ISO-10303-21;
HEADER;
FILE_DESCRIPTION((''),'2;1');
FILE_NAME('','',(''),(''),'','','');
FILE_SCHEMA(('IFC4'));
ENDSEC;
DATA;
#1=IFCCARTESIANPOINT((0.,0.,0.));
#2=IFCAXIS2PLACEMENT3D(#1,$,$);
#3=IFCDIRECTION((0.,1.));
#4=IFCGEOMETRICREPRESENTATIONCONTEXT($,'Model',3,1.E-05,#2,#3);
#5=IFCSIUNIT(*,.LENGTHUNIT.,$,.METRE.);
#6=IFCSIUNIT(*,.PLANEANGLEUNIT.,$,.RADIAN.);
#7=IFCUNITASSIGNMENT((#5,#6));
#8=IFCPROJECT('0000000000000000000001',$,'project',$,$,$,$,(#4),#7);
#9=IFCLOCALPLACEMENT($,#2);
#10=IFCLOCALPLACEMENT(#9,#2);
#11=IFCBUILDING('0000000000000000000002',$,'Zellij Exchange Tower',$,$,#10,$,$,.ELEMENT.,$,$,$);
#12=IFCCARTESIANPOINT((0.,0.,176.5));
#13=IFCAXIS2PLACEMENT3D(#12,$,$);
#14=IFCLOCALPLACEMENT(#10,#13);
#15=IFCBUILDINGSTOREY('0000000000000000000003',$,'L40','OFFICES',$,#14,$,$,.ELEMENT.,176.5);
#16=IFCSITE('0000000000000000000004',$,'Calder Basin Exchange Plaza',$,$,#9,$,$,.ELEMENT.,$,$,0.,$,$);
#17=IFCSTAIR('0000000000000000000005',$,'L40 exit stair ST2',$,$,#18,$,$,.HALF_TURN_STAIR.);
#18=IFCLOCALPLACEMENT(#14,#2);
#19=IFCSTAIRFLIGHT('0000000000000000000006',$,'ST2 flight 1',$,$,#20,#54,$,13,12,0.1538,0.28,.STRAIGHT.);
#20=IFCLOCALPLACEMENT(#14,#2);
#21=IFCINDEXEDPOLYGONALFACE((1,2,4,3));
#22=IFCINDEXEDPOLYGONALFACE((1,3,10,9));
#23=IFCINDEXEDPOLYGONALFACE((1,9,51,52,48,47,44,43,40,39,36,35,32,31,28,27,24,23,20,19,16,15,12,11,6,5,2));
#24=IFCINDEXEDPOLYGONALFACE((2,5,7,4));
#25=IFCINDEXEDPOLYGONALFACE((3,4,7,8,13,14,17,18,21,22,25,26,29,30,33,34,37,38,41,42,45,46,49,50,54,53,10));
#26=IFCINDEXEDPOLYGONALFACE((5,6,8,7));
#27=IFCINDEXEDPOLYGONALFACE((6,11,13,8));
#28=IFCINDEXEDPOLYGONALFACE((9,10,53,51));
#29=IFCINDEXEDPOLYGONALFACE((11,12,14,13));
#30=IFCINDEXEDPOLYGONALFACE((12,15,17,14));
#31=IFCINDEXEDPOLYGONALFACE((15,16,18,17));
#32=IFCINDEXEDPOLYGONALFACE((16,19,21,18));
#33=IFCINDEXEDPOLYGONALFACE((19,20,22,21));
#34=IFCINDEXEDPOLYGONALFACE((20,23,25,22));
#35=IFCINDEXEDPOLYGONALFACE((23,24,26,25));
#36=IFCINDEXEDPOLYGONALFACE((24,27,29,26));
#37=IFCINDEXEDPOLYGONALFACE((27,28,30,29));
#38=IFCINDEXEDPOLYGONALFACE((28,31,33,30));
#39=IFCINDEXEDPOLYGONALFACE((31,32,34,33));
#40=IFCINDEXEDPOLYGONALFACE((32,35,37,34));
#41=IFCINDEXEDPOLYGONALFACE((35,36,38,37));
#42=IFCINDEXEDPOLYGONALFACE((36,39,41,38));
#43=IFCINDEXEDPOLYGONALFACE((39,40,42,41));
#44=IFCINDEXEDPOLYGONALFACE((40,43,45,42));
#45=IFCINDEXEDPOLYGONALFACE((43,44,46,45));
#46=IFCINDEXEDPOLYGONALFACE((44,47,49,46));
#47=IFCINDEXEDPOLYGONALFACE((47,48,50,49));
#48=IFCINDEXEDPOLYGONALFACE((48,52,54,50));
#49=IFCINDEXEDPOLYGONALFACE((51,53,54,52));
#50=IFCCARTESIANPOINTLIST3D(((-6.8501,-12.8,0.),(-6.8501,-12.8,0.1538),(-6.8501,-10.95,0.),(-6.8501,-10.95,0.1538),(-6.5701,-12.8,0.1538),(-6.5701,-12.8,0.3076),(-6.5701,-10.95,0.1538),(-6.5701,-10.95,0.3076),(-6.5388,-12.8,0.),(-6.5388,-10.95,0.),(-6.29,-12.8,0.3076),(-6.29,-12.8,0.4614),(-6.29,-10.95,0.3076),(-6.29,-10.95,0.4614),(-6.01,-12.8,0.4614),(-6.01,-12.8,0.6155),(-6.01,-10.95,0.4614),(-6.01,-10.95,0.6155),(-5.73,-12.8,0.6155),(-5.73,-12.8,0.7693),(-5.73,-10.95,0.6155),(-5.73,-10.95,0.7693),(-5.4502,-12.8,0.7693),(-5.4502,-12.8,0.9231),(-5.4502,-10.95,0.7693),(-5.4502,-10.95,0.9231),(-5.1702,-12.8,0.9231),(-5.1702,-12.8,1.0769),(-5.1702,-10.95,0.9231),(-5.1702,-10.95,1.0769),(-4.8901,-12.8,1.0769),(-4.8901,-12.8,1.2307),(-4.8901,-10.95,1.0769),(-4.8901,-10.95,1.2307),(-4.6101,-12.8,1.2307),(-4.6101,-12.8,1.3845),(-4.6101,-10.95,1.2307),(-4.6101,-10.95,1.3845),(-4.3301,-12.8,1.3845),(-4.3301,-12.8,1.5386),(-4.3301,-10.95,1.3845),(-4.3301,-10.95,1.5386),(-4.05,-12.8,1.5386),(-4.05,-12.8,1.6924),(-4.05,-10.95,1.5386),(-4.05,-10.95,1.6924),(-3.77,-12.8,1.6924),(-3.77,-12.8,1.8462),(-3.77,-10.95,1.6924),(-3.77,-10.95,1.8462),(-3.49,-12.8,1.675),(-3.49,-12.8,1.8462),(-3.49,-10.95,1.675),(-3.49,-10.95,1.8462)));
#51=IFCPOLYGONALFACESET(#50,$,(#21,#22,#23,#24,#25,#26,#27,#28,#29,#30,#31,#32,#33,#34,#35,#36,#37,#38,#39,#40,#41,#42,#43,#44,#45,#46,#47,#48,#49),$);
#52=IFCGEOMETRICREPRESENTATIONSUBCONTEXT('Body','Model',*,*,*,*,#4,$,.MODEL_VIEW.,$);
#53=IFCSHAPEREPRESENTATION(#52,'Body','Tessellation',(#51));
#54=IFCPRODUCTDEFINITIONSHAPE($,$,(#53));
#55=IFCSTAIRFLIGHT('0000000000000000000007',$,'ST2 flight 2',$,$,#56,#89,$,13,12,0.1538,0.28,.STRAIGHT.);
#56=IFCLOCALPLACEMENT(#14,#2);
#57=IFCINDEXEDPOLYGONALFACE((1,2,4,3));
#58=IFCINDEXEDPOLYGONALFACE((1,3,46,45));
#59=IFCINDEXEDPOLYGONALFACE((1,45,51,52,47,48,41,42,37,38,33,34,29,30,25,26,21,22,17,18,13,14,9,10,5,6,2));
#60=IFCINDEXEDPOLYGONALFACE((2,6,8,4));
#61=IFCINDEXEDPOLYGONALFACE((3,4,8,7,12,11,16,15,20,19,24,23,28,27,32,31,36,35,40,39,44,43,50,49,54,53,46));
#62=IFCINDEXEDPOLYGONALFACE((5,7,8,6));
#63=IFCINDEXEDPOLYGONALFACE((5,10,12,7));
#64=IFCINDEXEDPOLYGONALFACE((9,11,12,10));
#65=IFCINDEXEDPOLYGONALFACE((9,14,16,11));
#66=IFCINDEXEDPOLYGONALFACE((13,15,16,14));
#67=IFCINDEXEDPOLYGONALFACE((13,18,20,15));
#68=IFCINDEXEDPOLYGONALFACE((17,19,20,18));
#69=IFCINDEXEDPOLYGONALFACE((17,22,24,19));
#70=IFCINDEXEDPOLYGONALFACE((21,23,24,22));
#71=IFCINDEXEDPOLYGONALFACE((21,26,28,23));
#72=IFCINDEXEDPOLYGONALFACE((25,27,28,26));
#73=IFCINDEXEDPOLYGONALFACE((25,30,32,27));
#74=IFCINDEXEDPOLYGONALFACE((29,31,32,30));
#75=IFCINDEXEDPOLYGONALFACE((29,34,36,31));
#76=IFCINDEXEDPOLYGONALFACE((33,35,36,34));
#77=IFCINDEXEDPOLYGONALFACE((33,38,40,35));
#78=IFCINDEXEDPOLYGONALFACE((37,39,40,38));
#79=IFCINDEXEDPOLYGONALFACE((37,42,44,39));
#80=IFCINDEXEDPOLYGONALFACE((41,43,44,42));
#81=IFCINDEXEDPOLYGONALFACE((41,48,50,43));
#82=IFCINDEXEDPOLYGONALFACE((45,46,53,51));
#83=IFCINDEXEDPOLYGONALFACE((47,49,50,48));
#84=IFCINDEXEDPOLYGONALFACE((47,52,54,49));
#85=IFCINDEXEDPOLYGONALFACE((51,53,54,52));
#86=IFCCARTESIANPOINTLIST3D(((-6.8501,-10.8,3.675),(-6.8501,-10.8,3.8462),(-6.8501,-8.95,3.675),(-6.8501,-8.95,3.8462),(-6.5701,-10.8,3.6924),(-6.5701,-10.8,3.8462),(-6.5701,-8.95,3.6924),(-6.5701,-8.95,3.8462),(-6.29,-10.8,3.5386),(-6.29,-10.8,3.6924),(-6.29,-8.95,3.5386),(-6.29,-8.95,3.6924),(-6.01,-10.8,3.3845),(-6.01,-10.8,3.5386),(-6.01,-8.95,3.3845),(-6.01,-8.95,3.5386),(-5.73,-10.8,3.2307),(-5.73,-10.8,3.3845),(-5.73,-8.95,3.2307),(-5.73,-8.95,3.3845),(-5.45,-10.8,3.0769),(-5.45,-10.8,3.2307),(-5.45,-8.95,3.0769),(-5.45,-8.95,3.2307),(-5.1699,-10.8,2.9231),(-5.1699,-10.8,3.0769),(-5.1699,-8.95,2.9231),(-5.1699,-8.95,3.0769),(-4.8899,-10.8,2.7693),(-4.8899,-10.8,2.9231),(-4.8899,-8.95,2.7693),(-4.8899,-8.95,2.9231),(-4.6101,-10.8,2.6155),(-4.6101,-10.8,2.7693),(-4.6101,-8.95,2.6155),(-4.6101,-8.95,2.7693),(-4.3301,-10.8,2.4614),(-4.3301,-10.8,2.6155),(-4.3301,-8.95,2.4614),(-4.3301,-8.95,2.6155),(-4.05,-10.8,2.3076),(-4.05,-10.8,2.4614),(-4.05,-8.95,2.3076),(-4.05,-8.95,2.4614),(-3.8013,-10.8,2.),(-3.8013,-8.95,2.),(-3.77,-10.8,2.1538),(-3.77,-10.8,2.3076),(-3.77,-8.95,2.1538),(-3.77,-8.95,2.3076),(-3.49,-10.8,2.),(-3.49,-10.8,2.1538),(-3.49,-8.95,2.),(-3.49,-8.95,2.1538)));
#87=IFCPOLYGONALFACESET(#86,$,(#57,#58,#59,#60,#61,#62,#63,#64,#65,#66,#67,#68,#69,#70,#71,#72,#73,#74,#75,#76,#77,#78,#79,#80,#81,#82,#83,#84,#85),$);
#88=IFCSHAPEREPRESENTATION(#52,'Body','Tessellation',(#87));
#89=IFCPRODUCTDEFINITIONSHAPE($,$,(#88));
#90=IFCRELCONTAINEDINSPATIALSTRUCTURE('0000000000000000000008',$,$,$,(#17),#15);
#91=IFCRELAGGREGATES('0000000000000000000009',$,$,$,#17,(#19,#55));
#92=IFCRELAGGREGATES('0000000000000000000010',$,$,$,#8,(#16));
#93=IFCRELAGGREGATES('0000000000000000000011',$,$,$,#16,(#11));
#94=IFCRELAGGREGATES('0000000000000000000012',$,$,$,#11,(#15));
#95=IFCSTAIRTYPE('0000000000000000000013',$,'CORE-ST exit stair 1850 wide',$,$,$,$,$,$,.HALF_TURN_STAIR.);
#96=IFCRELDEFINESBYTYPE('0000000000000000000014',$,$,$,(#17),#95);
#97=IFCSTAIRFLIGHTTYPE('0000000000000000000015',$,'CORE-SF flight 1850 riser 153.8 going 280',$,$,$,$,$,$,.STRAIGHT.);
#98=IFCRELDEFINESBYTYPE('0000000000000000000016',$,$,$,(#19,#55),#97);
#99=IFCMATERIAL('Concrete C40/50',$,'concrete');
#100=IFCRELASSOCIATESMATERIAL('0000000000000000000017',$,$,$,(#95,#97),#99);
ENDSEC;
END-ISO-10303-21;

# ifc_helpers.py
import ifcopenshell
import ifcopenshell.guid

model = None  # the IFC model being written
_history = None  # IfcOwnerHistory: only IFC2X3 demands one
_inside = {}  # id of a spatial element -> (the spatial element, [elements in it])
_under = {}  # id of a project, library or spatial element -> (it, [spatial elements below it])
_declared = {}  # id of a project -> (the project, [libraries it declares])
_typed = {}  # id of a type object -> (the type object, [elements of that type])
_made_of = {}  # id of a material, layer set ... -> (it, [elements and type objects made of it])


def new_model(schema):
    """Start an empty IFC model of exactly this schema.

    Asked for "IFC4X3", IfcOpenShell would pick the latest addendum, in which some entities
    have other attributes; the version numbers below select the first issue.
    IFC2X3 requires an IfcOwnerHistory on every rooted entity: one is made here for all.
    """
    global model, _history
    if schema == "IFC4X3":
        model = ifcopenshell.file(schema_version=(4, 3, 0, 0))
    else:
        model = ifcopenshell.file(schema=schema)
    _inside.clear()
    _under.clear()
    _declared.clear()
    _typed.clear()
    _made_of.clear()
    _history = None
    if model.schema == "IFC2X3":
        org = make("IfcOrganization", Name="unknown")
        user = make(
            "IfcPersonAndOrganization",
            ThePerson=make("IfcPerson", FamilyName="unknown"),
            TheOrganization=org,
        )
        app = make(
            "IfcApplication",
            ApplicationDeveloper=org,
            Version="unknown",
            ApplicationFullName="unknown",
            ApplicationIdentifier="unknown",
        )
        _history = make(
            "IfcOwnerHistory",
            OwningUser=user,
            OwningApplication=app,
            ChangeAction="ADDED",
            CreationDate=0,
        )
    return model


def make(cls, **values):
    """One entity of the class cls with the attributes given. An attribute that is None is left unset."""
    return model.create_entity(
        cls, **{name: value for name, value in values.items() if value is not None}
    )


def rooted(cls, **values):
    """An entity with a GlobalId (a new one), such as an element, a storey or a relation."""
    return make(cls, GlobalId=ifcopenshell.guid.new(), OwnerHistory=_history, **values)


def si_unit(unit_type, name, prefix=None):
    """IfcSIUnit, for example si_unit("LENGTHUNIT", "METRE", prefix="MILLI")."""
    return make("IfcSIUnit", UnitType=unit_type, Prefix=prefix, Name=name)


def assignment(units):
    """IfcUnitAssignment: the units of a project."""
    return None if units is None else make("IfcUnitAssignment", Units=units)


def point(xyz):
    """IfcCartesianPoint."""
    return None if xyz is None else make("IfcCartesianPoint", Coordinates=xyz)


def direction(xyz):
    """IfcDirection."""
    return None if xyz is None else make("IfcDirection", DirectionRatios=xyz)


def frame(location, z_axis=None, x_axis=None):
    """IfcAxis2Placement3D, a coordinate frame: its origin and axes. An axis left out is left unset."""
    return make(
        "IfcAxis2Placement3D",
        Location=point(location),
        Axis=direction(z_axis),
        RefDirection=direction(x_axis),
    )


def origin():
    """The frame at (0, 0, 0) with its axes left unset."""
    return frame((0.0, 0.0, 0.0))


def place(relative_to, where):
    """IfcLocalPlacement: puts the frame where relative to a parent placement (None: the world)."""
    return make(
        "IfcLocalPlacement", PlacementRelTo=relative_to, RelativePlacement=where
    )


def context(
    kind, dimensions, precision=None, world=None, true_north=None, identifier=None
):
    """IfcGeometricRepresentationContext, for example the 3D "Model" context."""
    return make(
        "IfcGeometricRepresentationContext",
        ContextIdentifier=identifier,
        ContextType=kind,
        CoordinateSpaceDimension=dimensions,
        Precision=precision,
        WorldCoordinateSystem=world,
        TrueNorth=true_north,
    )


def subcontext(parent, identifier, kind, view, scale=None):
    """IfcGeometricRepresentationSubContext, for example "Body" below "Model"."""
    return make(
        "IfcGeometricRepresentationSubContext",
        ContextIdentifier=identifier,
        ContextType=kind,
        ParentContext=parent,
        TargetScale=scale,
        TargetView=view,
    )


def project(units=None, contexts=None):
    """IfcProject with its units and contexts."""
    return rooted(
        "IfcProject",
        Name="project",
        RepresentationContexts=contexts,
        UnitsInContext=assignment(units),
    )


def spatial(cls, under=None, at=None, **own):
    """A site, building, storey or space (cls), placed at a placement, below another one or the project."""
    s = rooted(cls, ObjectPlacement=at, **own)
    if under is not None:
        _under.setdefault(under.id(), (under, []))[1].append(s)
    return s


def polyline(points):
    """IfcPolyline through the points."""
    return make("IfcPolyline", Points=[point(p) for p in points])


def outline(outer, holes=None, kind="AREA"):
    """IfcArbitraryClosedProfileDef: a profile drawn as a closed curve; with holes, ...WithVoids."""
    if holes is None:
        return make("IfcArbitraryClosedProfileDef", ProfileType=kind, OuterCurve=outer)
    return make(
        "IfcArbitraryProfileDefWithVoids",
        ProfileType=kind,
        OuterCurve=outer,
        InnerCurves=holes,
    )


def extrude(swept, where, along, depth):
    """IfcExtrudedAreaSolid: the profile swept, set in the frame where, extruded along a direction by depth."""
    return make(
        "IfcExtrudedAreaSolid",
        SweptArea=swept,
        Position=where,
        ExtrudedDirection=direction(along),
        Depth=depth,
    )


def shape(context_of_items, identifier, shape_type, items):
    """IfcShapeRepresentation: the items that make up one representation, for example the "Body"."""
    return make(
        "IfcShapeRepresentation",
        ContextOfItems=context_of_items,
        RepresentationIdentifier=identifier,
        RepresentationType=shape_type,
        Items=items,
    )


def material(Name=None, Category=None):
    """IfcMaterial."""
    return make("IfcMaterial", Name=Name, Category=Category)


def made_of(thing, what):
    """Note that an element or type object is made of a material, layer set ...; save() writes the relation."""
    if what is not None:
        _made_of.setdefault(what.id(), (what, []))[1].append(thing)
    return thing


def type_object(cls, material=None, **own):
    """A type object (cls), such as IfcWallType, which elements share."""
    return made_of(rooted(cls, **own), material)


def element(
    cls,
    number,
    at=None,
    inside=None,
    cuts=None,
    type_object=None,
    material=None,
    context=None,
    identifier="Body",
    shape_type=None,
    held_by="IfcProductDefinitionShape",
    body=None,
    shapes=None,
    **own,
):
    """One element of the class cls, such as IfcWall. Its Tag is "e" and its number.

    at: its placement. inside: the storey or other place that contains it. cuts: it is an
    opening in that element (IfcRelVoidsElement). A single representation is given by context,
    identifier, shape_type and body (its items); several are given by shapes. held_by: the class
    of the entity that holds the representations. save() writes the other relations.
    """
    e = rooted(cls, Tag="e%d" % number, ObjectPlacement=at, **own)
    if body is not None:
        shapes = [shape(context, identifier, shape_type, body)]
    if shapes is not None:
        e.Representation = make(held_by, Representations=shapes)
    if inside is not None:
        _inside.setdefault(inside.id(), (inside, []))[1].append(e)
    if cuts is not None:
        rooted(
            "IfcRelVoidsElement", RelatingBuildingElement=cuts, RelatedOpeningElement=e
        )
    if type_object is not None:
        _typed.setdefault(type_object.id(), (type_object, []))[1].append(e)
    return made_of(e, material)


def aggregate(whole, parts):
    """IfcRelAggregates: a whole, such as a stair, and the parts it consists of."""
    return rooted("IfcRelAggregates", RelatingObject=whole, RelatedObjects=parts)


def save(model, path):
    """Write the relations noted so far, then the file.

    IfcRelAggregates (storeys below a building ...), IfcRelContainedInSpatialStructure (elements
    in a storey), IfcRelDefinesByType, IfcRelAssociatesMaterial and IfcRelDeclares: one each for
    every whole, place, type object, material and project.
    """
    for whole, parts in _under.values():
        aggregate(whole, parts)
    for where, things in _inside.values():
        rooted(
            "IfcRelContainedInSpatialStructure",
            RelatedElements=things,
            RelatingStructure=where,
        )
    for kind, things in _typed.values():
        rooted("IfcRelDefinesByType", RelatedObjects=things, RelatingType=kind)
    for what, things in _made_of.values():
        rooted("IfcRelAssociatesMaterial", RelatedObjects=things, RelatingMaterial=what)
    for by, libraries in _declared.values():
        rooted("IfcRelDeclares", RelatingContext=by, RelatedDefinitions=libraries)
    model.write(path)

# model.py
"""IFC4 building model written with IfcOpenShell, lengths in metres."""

from ifc_helpers import new_model, si_unit, direction, frame, origin, place, context, subcontext, project, spatial, polyline, outline, extrude, material, type_object, element, aggregate, save


model = new_model("IFC4")

# Units and contexts
model_context = context("Model", 3, precision=1e-05, world=origin(), true_north=direction((0.0, 1.0)))
body_context = subcontext(model_context, "Body", "Model", "MODEL_VIEW")
ifc_project = project(units=[si_unit("LENGTHUNIT", "METRE"), si_unit("PLANEANGLEUNIT", "RADIAN")], contexts=[model_context])

# Site, building, storey
site_placement = place(None, origin())
site = spatial("IfcSite", under=ifc_project, at=site_placement, Name="Calder Basin Exchange Plaza", CompositionType="ELEMENT", RefElevation=0.0)
building_placement = place(site_placement, origin())
building = spatial("IfcBuilding", under=site, at=building_placement, Name="Zellij Exchange Tower", CompositionType="ELEMENT")
storey_placement = place(building_placement, frame((0.0, 0.0, 176.5)))
storey = spatial("IfcBuildingStorey", under=building, at=storey_placement, Name="L40", Description="OFFICES", CompositionType="ELEMENT", Elevation=176.5)

# Stair, stair flights
ifc_material_1 = material(Name="Concrete C40/50", Category="concrete")
stair_type = type_object("IfcStairType", Name="CORE-ST exit stair 1850 wide", PredefinedType="HALF_TURN_STAIR", material=ifc_material_1)
stair_placement = place(storey_placement, origin())
stair = element("IfcStair", 1, at=stair_placement, inside=storey, type_object=stair_type, Name="L40 exit stair ST2", PredefinedType="HALF_TURN_STAIR")
stair_flight_type = type_object("IfcStairFlightType", Name="CORE-SF flight 1850 riser 153.8 going 280", PredefinedType="STRAIGHT", material=ifc_material_1)
stair_flight_1_placement = place(storey_placement, frame((-6.8501, -11.875, 0.0), z_axis=(0.0, 0.0, 1.0), x_axis=(1.0, 0.0, 0.0)))
stair_flight_1 = element("IfcStairFlight", 2, at=stair_flight_1_placement, type_object=stair_flight_type, Name="ST2 flight 1", NumberOfRisers=13, NumberOfTreads=12, PredefinedType="STRAIGHT", RiserHeight=0.1538, TreadLength=0.28, context=body_context, shape_type="SweptSolid", body=[
    extrude(outline(polyline([(0.0, 0.0), (0.0, 0.1538), (0.28, 0.1538), (0.28, 0.3076), (0.5601, 0.3076), (0.5601, 0.4614), (0.8401, 0.4614), (0.8401, 0.6155), (1.1201, 0.6155), (1.1201, 0.7693), (1.3999, 0.7693), (1.3999, 0.9231), (1.6799, 0.9231), (1.6799, 1.0769), (1.96, 1.0769), (1.96, 1.2307), (2.24, 1.2307), (2.24, 1.3845), (2.52, 1.3845), (2.52, 1.5386), (2.8, 1.5386), (2.8, 1.6924), (3.0801, 1.6924), (3.0801, 1.8462), (3.3601, 1.8462), (3.3601, 2.0), (3.3601, 1.675), (0.3113, 0.0), (0.0, 0.0)])), frame((0.0, 0.925, 0.0), z_axis=(0.0, -1.0, 0.0), x_axis=(1.0, 0.0, 0.0)), (0.0, 0.0, 1.0), 1.8501),
])
stair_flight_2_placement = place(storey_placement, frame((-3.49, -9.875, 2.0), z_axis=(0.0, 0.0, 1.0), x_axis=(-1.0, 0.0, 0.0)))
stair_flight_2 = element("IfcStairFlight", 3, at=stair_flight_2_placement, type_object=stair_flight_type, Name="ST2 flight 2", NumberOfRisers=13, NumberOfTreads=12, PredefinedType="STRAIGHT", RiserHeight=0.1538, TreadLength=0.28, context=body_context, shape_type="SweptSolid", body=[
    extrude(outline(polyline([(0.0, 0.0), (0.0, 0.1538), (0.28, 0.1538), (0.28, 0.3076), (0.5601, 0.3076), (0.5601, 0.4614), (0.8401, 0.4614), (0.8401, 0.6155), (1.1201, 0.6155), (1.1201, 0.7693), (1.3999, 0.7693), (1.3999, 0.9231), (1.6799, 0.9231), (1.6799, 1.0769), (1.96, 1.0769), (1.96, 1.2307), (2.24, 1.2307), (2.24, 1.3845), (2.52, 1.3845), (2.52, 1.5386), (2.8, 1.5386), (2.8, 1.6924), (3.0801, 1.6924), (3.0801, 1.8462), (3.3601, 1.8462), (3.3601, 2.0), (3.3601, 1.675), (0.3113, 0.0), (0.0, 0.0)])), frame((0.0, 0.925, 0.0), z_axis=(0.0, -1.0, 0.0), x_axis=(1.0, 0.0, 0.0)), (0.0, 0.0, 1.0), 1.8501),
])
aggregate(stair, [stair_flight_1, stair_flight_2])

save(model, "model.ifc")
